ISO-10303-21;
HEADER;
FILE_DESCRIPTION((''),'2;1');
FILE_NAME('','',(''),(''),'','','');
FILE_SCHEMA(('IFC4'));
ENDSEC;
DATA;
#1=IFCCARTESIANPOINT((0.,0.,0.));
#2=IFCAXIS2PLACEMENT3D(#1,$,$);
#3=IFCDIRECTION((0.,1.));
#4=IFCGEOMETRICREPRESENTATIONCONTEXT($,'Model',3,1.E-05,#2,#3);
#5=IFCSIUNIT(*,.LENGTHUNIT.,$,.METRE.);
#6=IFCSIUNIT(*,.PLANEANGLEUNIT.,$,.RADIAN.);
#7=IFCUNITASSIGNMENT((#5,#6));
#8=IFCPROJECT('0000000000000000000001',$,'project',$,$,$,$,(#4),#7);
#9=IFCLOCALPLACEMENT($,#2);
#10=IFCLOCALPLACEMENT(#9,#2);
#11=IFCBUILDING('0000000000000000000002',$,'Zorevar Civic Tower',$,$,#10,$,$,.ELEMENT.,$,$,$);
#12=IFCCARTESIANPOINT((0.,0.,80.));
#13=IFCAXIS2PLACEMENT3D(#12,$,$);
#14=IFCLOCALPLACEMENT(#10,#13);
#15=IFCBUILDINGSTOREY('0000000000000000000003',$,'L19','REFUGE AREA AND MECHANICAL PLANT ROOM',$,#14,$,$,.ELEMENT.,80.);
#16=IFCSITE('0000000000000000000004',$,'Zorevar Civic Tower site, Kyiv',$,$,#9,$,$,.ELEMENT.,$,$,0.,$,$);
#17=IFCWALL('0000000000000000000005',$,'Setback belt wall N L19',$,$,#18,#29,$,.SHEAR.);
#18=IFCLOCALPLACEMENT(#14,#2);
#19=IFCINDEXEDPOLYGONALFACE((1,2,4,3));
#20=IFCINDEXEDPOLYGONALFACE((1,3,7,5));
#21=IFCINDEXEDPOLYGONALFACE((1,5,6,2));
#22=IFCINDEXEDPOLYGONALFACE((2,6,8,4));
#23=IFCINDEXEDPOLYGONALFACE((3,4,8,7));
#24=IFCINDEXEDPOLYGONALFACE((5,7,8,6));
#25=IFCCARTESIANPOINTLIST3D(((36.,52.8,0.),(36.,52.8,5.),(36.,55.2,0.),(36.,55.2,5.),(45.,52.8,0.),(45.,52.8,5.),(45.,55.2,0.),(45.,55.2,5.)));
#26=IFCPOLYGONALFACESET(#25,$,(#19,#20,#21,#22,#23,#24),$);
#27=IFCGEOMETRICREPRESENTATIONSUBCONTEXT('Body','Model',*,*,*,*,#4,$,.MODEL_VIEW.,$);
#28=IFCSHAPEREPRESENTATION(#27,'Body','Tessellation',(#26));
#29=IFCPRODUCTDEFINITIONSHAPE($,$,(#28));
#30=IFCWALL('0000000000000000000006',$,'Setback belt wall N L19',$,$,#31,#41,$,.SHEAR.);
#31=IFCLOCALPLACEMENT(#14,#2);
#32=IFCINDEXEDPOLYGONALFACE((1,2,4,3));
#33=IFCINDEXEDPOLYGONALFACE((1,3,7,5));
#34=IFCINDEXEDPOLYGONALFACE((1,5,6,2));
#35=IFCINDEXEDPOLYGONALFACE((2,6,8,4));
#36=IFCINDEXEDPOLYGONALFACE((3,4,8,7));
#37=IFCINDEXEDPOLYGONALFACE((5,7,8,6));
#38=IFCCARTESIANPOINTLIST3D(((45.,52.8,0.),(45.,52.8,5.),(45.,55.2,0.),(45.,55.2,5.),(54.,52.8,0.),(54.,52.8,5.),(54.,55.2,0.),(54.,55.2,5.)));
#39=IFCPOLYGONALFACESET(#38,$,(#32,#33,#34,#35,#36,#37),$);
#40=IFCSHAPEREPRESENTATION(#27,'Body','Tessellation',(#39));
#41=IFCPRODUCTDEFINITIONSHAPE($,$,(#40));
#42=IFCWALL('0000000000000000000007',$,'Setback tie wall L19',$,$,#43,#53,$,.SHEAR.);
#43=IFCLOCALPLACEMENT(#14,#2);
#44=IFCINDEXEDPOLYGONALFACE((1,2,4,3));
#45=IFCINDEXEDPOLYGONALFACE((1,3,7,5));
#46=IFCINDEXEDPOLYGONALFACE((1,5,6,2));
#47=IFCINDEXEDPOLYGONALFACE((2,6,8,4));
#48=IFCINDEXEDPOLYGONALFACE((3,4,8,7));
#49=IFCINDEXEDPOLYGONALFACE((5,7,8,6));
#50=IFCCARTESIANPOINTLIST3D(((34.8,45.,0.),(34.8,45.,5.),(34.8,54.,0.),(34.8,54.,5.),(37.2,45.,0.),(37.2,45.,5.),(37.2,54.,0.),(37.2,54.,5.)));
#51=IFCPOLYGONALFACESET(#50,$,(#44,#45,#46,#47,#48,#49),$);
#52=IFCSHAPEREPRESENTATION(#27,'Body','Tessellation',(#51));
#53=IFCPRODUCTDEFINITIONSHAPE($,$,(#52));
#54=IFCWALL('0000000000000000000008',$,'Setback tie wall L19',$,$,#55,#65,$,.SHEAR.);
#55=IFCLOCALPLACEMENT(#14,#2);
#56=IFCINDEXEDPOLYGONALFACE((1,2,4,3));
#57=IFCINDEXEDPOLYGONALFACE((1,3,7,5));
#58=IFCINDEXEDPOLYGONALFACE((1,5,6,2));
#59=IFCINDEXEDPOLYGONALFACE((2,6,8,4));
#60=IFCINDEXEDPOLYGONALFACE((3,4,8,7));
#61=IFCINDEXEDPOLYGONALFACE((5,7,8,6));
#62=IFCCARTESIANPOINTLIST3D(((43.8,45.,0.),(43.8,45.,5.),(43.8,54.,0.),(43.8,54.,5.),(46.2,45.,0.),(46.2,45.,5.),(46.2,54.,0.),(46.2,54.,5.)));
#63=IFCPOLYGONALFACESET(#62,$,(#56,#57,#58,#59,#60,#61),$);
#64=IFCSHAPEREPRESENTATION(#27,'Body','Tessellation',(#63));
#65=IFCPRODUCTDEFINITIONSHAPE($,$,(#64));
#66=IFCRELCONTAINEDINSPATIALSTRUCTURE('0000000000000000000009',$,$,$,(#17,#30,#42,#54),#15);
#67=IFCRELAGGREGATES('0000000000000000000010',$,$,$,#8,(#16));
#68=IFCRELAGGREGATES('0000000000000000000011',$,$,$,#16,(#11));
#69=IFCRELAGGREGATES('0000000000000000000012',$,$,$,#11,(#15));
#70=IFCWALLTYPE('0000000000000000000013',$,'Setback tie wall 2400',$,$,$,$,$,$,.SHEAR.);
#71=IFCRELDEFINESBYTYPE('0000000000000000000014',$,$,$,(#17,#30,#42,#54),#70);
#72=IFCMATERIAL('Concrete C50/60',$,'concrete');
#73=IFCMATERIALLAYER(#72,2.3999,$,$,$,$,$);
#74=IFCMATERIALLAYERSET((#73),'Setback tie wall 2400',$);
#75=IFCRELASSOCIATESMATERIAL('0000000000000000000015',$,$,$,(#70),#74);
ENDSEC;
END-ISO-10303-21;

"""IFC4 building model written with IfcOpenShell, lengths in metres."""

from ifc_helpers import new_model, si_unit, direction, frame, frame_2d, origin, place, context, subcontext, project, spatial, rectangle, extrude, material, layer, layer_set, type_object, element, save


model = new_model("IFC4")

# Units and contexts
model_context = context("Model", 3, precision=1e-05, world=origin(), true_north=direction((0.0, 1.0)))
body_context = subcontext(model_context, "Body", "Model", "MODEL_VIEW")
ifc_project = project(units=[si_unit("LENGTHUNIT", "METRE"), si_unit("PLANEANGLEUNIT", "RADIAN")], contexts=[model_context])

# Site, building, storey
site_placement = place(None, origin())
site = spatial("IfcSite", under=ifc_project, at=site_placement, Name="Zorevar Civic Tower site, Kyiv", CompositionType="ELEMENT", RefElevation=0.0)
building_placement = place(site_placement, origin())
building = spatial("IfcBuilding", under=site, at=building_placement, Name="Zorevar Civic Tower", CompositionType="ELEMENT")
storey_placement = place(building_placement, frame((0.0, 0.0, 80.0)))
storey = spatial("IfcBuildingStorey", under=building, at=storey_placement, Name="L19", Description="REFUGE AREA AND MECHANICAL PLANT ROOM", CompositionType="ELEMENT", Elevation=80.0)

# Walls
ifc_material_1 = material(Name="Concrete C50/60", Category="concrete")
ifc_layer = layer(ifc_material_1, 2.3999)
ifc_layer_set = layer_set([ifc_layer], Name="Setback tie wall 2400")
wall_type = type_object("IfcWallType", Name="Setback tie wall 2400", PredefinedType="SHEAR", material=ifc_layer_set)
for number, where, z_axis, x_axis, name in (
    (1, (36.0, 54.0, 0.0), (0.0, 0.0, 1.0), (1.0, 0.0, 0.0), "Setback belt wall N L19"),
    (2, (45.0, 54.0, 0.0), (0.0, 0.0, 1.0), (1.0, 0.0, 0.0), "Setback belt wall N L19"),
    (3, (36.0, 45.0, 0.0), (0.0, 0.0, 1.0), (0.0, 1.0, 0.0), "Setback tie wall L19"),
    (4, (45.0, 45.0, 0.0), (0.0, 0.0, 1.0), (0.0, 1.0, 0.0), "Setback tie wall L19"),
):
    element("IfcWall", number, at=place(storey_placement, frame(where, z_axis=z_axis, x_axis=x_axis)), inside=storey, type_object=wall_type, Name=name, PredefinedType="SHEAR", context=body_context, shape_type="SweptSolid", body=[
        extrude(rectangle(XDim=9.0, YDim=2.3999, at=frame_2d((4.5, 0.0))), origin(), (0.0, 0.0, 1.0), 5.0),
    ])

save(model, "model.ifc")
